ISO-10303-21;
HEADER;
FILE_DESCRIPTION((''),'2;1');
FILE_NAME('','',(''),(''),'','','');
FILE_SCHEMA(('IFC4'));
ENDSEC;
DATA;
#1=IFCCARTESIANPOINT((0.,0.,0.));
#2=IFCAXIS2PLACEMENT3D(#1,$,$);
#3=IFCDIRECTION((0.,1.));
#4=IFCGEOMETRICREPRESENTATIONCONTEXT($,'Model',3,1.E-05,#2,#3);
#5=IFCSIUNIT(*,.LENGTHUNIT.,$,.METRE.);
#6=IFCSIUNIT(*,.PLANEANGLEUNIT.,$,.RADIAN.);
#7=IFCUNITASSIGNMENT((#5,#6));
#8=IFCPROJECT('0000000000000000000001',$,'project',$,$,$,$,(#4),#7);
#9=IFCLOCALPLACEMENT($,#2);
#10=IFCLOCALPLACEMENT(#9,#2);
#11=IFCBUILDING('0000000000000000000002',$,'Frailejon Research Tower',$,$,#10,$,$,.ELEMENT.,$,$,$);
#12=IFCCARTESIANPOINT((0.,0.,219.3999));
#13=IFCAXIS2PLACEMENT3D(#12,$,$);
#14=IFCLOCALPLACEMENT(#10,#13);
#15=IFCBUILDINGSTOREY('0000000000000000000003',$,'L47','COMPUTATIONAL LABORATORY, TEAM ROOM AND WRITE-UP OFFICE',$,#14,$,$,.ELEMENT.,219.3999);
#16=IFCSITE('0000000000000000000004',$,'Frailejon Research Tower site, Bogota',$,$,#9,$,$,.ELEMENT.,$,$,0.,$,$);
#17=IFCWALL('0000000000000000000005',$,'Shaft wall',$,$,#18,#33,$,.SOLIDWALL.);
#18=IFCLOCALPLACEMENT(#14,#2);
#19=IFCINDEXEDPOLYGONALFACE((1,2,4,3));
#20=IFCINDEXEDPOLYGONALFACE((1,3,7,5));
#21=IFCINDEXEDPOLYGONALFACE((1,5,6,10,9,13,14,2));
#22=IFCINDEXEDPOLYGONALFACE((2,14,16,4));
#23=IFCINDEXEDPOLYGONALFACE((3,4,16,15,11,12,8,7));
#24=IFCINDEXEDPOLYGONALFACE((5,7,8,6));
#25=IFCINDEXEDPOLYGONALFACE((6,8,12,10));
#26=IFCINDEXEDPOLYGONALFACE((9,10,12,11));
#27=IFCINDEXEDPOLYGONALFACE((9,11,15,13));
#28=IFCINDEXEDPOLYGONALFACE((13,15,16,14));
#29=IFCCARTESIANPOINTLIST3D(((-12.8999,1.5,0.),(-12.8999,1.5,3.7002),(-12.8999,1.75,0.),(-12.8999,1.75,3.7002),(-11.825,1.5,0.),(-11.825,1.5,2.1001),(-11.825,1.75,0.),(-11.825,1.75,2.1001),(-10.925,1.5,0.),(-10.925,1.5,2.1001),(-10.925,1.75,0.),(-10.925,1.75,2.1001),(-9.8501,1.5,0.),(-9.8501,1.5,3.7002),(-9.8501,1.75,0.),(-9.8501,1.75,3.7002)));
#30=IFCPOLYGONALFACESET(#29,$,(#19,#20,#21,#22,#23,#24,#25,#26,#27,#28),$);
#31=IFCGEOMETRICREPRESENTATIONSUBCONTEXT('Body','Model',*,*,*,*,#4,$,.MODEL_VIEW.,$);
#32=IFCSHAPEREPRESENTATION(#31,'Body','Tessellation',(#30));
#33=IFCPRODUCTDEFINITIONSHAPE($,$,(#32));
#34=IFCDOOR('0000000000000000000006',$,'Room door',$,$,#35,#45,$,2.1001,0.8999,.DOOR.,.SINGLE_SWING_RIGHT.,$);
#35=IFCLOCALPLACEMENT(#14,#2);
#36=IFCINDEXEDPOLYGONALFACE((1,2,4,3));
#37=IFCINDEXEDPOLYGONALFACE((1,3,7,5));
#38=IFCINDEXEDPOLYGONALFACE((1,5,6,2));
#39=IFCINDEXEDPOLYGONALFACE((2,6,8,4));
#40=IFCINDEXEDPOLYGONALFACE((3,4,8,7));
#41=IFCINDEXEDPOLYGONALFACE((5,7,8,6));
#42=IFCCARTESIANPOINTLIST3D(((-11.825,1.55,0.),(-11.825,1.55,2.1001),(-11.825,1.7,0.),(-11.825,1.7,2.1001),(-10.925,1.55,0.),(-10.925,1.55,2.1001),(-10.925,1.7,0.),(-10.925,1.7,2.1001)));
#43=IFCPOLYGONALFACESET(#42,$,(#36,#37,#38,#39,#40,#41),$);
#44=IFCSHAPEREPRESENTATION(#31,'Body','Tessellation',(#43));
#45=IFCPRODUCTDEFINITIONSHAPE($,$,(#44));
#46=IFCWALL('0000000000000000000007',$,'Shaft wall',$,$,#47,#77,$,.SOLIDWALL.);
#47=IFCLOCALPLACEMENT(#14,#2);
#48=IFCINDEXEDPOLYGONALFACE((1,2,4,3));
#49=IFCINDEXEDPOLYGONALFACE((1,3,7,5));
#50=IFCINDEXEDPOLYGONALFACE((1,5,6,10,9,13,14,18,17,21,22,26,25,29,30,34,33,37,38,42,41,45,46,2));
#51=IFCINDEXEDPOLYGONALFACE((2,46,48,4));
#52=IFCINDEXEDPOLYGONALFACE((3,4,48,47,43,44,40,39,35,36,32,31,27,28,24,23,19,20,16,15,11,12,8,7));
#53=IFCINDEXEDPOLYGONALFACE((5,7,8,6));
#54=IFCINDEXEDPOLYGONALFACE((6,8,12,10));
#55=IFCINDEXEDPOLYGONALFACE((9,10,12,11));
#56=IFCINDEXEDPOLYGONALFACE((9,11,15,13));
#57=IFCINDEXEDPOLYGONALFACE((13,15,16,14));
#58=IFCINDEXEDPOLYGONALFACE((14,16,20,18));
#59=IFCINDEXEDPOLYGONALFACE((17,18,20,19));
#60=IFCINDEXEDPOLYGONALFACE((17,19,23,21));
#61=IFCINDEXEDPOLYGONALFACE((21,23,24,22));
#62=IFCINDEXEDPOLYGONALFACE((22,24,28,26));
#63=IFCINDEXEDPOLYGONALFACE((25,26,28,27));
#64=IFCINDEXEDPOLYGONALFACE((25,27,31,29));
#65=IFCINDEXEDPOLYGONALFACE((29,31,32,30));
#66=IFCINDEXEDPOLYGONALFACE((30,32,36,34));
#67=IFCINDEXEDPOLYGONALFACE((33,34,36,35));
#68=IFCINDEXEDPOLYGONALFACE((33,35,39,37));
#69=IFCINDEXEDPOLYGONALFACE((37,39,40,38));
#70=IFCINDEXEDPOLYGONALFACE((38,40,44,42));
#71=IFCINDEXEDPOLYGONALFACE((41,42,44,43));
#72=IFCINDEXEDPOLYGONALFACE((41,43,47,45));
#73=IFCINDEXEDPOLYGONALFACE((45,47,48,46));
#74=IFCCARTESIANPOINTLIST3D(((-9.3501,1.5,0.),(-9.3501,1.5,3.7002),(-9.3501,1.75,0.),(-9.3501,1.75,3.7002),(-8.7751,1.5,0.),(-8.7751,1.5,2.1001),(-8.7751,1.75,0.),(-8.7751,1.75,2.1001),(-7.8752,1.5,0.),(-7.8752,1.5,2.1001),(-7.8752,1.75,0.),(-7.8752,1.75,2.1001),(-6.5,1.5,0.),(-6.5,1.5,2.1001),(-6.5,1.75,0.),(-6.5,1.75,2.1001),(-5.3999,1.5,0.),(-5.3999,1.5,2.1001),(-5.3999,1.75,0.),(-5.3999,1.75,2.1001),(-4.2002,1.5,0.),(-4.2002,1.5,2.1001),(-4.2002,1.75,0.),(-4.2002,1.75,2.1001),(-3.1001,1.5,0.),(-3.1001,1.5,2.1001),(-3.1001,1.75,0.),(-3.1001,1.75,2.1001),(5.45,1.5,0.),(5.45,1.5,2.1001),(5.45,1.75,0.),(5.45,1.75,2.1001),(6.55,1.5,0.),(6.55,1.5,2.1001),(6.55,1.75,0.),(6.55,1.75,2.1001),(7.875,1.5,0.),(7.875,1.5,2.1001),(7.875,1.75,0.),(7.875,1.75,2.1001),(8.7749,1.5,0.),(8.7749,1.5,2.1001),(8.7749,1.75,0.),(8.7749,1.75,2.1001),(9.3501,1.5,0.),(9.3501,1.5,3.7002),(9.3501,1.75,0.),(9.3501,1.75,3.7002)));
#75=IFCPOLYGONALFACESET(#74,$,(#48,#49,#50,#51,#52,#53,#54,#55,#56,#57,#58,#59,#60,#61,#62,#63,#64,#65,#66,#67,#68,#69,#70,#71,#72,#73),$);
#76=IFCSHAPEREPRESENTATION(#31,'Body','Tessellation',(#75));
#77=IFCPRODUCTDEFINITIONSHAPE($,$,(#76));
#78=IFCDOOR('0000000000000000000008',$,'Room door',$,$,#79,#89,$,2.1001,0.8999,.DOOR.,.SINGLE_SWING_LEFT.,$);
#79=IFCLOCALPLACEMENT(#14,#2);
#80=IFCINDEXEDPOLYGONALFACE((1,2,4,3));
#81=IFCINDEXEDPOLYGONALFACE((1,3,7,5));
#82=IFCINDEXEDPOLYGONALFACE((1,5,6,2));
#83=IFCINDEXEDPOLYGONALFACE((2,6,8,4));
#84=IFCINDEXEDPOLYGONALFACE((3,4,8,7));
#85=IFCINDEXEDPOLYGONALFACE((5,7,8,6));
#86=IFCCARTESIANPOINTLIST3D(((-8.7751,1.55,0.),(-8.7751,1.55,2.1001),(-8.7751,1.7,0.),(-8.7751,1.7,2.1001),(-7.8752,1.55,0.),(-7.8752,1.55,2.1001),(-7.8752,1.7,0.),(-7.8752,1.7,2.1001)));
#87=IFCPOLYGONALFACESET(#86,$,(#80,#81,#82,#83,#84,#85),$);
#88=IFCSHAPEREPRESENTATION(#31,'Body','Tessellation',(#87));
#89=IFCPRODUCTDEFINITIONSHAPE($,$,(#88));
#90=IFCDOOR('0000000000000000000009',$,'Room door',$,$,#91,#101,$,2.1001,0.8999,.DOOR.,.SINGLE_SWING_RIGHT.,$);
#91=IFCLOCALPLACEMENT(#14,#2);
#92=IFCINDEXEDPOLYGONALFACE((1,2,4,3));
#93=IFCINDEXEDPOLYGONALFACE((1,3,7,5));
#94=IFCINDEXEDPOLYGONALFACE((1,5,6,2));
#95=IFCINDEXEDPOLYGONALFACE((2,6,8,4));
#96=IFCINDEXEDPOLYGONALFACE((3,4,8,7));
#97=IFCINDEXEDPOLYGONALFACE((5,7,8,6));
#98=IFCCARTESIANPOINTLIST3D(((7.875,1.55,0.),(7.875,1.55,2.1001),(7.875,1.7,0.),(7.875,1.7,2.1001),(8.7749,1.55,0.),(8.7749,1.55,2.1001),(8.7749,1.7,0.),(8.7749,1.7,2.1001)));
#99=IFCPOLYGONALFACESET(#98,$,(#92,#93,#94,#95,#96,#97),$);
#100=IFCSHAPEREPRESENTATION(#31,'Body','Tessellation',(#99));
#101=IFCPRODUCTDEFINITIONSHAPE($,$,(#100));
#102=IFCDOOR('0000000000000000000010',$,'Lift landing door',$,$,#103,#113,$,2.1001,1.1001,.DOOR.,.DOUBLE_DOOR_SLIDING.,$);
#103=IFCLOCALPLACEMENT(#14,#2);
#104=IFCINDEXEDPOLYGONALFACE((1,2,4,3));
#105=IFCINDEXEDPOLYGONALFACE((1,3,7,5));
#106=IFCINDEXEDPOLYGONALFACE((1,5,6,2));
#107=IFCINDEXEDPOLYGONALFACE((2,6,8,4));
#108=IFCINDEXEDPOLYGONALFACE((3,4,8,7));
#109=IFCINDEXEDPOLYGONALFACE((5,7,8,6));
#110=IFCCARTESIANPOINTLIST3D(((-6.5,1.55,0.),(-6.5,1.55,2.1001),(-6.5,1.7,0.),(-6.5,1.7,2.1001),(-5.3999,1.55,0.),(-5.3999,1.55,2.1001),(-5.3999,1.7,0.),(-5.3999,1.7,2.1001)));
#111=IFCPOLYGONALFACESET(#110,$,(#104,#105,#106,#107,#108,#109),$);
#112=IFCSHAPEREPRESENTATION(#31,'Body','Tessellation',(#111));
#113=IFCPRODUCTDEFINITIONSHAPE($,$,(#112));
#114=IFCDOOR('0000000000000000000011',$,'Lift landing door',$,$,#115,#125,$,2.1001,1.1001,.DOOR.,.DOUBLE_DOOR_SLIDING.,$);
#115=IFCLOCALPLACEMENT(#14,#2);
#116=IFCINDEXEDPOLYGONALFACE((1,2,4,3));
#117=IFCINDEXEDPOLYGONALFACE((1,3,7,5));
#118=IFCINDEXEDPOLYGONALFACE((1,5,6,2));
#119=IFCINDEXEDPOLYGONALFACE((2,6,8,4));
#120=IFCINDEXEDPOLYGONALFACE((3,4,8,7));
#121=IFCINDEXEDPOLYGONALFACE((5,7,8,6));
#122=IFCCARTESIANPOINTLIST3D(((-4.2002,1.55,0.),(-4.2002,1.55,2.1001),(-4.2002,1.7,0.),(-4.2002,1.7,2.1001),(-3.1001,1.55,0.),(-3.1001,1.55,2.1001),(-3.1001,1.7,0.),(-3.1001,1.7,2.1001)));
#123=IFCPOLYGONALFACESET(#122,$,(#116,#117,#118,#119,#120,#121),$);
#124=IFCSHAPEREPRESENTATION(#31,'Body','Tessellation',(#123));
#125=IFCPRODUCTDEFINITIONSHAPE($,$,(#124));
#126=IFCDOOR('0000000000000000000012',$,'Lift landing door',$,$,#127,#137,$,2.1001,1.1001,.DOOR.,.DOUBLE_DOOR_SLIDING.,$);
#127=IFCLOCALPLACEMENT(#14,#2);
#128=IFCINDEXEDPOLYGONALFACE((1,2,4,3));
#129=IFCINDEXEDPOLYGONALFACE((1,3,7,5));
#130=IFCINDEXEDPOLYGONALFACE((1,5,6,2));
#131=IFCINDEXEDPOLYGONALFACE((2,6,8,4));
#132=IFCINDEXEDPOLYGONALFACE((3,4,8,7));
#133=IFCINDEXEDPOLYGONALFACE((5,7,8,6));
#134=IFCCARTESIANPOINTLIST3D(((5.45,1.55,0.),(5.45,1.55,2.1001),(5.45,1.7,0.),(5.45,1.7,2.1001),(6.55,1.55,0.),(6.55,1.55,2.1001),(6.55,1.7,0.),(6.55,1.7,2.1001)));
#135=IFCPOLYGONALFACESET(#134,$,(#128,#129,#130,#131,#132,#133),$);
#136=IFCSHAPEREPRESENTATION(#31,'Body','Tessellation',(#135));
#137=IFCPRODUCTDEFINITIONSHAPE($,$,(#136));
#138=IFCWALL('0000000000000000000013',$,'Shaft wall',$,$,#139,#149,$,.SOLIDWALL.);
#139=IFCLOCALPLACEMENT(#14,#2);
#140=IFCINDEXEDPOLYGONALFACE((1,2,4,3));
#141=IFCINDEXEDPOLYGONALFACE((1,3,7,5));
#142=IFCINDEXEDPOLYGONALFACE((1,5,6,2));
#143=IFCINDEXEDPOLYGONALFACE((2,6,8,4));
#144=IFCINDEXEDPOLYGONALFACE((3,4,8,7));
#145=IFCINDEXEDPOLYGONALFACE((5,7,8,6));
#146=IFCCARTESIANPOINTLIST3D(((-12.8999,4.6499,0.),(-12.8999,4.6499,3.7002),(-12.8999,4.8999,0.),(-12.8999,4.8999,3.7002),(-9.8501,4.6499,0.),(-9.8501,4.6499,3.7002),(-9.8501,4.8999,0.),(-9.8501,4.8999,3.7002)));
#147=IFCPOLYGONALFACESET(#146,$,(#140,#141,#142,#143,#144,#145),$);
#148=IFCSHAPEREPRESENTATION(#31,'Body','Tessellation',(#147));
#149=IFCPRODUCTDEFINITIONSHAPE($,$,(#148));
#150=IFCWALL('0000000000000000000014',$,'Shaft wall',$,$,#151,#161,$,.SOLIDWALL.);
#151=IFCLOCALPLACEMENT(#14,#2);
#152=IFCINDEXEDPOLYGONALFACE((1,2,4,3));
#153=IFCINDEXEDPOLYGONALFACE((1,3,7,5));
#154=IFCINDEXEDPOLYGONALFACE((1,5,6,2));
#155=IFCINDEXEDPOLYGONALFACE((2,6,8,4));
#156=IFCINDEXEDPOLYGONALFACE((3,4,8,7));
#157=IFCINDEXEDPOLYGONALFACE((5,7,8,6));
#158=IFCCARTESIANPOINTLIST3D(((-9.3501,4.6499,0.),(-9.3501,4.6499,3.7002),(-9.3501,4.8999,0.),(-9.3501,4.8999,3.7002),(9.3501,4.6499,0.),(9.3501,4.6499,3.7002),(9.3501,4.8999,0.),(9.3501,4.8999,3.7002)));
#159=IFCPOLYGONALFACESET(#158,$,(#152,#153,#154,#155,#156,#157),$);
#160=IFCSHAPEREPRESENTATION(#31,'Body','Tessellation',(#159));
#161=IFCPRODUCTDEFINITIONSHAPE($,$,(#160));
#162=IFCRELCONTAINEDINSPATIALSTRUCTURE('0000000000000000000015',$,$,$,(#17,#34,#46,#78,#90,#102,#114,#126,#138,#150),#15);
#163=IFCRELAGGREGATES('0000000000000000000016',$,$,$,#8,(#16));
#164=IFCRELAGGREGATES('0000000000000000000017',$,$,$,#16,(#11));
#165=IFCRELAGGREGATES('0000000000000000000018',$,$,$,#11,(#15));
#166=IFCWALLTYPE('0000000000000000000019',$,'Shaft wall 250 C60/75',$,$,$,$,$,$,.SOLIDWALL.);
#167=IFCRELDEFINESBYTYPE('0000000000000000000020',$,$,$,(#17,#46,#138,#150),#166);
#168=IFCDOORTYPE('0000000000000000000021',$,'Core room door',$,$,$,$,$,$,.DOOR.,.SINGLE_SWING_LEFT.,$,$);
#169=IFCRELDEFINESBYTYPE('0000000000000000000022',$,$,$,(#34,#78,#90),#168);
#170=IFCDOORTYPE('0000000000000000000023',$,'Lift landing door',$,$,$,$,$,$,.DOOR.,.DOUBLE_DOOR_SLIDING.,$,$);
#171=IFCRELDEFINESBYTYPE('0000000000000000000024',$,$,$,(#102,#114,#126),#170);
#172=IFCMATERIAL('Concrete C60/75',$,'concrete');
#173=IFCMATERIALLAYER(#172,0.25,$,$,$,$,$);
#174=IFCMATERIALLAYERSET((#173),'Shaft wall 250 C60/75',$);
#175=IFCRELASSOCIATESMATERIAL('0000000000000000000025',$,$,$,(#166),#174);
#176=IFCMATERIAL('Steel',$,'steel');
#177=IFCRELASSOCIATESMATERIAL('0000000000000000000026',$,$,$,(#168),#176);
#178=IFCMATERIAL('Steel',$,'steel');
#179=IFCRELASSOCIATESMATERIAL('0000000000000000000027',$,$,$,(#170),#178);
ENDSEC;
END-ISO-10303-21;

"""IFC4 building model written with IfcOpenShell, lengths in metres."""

from ifc_helpers import new_model, si_unit, direction, frame, frame_2d, origin, place, context, subcontext, project, spatial, rectangle, extrude, material, layer, layer_set, type_object, element, fill, save


model = new_model("IFC4")

# Units and contexts
model_context = context("Model", 3, precision=1e-05, world=origin(), true_north=direction((0.0, 1.0)))
body_context = subcontext(model_context, "Body", "Model", "MODEL_VIEW")
ifc_project = project(units=[si_unit("LENGTHUNIT", "METRE"), si_unit("PLANEANGLEUNIT", "RADIAN")], contexts=[model_context])

# Site, building, storey
site_placement = place(None, origin())
site = spatial("IfcSite", under=ifc_project, at=site_placement, Name="Frailejon Research Tower site, Bogota", CompositionType="ELEMENT", RefElevation=0.0)
building_placement = place(site_placement, origin())
building = spatial("IfcBuilding", under=site, at=building_placement, Name="Frailejon Research Tower", CompositionType="ELEMENT")
storey_placement = place(building_placement, frame((0.0, 0.0, 219.3999)))
storey = spatial("IfcBuildingStorey", under=building, at=storey_placement, Name="L47", Description="COMPUTATIONAL LABORATORY, TEAM ROOM AND WRITE-UP OFFICE", CompositionType="ELEMENT", Elevation=219.3999)

# Wall, opening, door
ifc_material_1 = material(Name="Concrete C60/75", Category="concrete")
ifc_layer_1 = layer(ifc_material_1, 0.25)
ifc_layer_set_1 = layer_set([ifc_layer_1], Name="Shaft wall 250 C60/75")
wall_type_1 = type_object("IfcWallType", Name="Shaft wall 250 C60/75", PredefinedType="SOLIDWALL", material=ifc_layer_set_1)
wall_1_placement = place(storey_placement, frame((-12.8999, 1.625, 0.0), z_axis=(0.0, 0.0, 1.0), x_axis=(1.0, 0.0, 0.0)))
wall_1 = element("IfcWall", 1, at=wall_1_placement, inside=storey, type_object=wall_type_1, Name="Shaft wall", PredefinedType="SOLIDWALL", context=body_context, shape_type="SweptSolid", body=[
    extrude(rectangle(XDim=3.0498, YDim=0.25, at=frame_2d((1.5249, 0.0))), origin(), (0.0, 0.0, 1.0), 3.7002),
])
opening_1_placement = place(wall_1_placement, frame((1.075, 0.0, 0.0)))
opening_1 = element("IfcOpeningElement", 2, at=opening_1_placement, cuts=wall_1, PredefinedType="OPENING", context=body_context, shape_type="SweptSolid", body=[
    extrude(rectangle(XDim=0.8999, YDim=2.1001, at=frame_2d((0.45, 1.05))), frame((0.0, 0.135, 0.0), z_axis=(0.0, -1.0, 0.0), x_axis=(1.0, 0.0, 0.0)), (0.0, 0.0, 1.0), 0.27),
])
ifc_material_2 = material(Name="Steel", Category="steel")
door_type_1 = type_object("IfcDoorType", Name="Core room door", OperationType="SINGLE_SWING_LEFT", PredefinedType="DOOR", material=ifc_material_2)
door_1_placement = place(opening_1_placement, origin())
door_1 = element("IfcDoor", 3, at=door_1_placement, inside=storey, type_object=door_type_1, Name="Room door", OperationType="SINGLE_SWING_RIGHT", OverallHeight=2.1001, OverallWidth=0.8999, PredefinedType="DOOR", context=body_context, shape_type="SweptSolid", body=[
    extrude(rectangle(XDim=0.8999, YDim=2.1001, at=frame_2d((0.45, 1.05))), frame((0.0, 0.075, 0.0), z_axis=(0.0, -1.0, 0.0), x_axis=(1.0, 0.0, 0.0)), (0.0, 0.0, 1.0), 0.1499),
])
fill(opening_1, door_1)

# Wall, openings, doors
wall_2_placement = place(storey_placement, frame((-9.3501, 1.625, 0.0), z_axis=(0.0, 0.0, 1.0), x_axis=(1.0, 0.0, 0.0)))
wall_2 = element("IfcWall", 4, at=wall_2_placement, inside=storey, type_object=wall_type_1, Name="Shaft wall", PredefinedType="SOLIDWALL", context=body_context, shape_type="SweptSolid", body=[
    extrude(rectangle(XDim=18.7002, YDim=0.25, at=frame_2d((9.3501, 0.0))), origin(), (0.0, 0.0, 1.0), 3.7002),
])
opening_2_placement = place(wall_2_placement, frame((2.8501, 0.0, 0.0)))
opening_2 = element("IfcOpeningElement", 5, at=opening_2_placement, cuts=wall_2, PredefinedType="OPENING", context=body_context, shape_type="SweptSolid", body=[
    extrude(rectangle(XDim=1.1001, YDim=2.1001, at=frame_2d((0.55, 1.05))), frame((0.0, 0.135, 0.0), z_axis=(0.0, -1.0, 0.0), x_axis=(1.0, 0.0, 0.0)), (0.0, 0.0, 1.0), 0.27),
])
opening_3_placement = place(wall_2_placement, frame((5.1499, 0.0, 0.0)))
opening_3 = element("IfcOpeningElement", 6, at=opening_3_placement, cuts=wall_2, PredefinedType="OPENING", context=body_context, shape_type="SweptSolid", body=[
    extrude(rectangle(XDim=1.1001, YDim=2.1001, at=frame_2d((0.55, 1.05))), frame((0.0, 0.135, 0.0), z_axis=(0.0, -1.0, 0.0), x_axis=(1.0, 0.0, 0.0)), (0.0, 0.0, 1.0), 0.27),
])
opening_4_placement = place(wall_2_placement, frame((14.8, 0.0, 0.0)))
opening_4 = element("IfcOpeningElement", 7, at=opening_4_placement, cuts=wall_2, PredefinedType="OPENING", context=body_context, shape_type="SweptSolid", body=[
    extrude(rectangle(XDim=1.1001, YDim=2.1001, at=frame_2d((0.55, 1.05))), frame((0.0, 0.135, 0.0), z_axis=(0.0, -1.0, 0.0), x_axis=(1.0, 0.0, 0.0)), (0.0, 0.0, 1.0), 0.27),
])
opening_5_placement = place(wall_2_placement, frame((0.575, 0.0, 0.0)))
opening_5 = element("IfcOpeningElement", 8, at=opening_5_placement, cuts=wall_2, PredefinedType="OPENING", context=body_context, shape_type="SweptSolid", body=[
    extrude(rectangle(XDim=0.8999, YDim=2.1001, at=frame_2d((0.45, 1.05))), frame((0.0, 0.135, 0.0), z_axis=(0.0, -1.0, 0.0), x_axis=(1.0, 0.0, 0.0)), (0.0, 0.0, 1.0), 0.27),
])
opening_6_placement = place(wall_2_placement, frame((17.2251, 0.0, 0.0)))
opening_6 = element("IfcOpeningElement", 9, at=opening_6_placement, cuts=wall_2, PredefinedType="OPENING", context=body_context, shape_type="SweptSolid", body=[
    extrude(rectangle(XDim=0.8999, YDim=2.1001, at=frame_2d((0.45, 1.05))), frame((0.0, 0.135, 0.0), z_axis=(0.0, -1.0, 0.0), x_axis=(1.0, 0.0, 0.0)), (0.0, 0.0, 1.0), 0.27),
])
door_2_placement = place(opening_5_placement, origin())
door_2 = element("IfcDoor", 10, at=door_2_placement, inside=storey, type_object=door_type_1, Name="Room door", OperationType="SINGLE_SWING_LEFT", OverallHeight=2.1001, OverallWidth=0.8999, PredefinedType="DOOR", context=body_context, shape_type="SweptSolid", body=[
    extrude(rectangle(XDim=0.8999, YDim=2.1001, at=frame_2d((0.45, 1.05))), frame((0.0, 0.075, 0.0), z_axis=(0.0, -1.0, 0.0), x_axis=(1.0, 0.0, 0.0)), (0.0, 0.0, 1.0), 0.1499),
])
fill(opening_5, door_2)
door_3_placement = place(opening_6_placement, origin())
door_3 = element("IfcDoor", 11, at=door_3_placement, inside=storey, type_object=door_type_1, Name="Room door", OperationType="SINGLE_SWING_RIGHT", OverallHeight=2.1001, OverallWidth=0.8999, PredefinedType="DOOR", context=body_context, shape_type="SweptSolid", body=[
    extrude(rectangle(XDim=0.8999, YDim=2.1001, at=frame_2d((0.45, 1.05))), frame((0.0, 0.075, 0.0), z_axis=(0.0, -1.0, 0.0), x_axis=(1.0, 0.0, 0.0)), (0.0, 0.0, 1.0), 0.1499),
])
fill(opening_6, door_3)
ifc_material_3 = material(Name="Steel", Category="steel")
door_type_2 = type_object("IfcDoorType", Name="Lift landing door", OperationType="DOUBLE_DOOR_SLIDING", PredefinedType="DOOR", material=ifc_material_3)
door_4_placement = place(opening_2_placement, origin())
door_4 = element("IfcDoor", 12, at=door_4_placement, inside=storey, type_object=door_type_2, Name="Lift landing door", OperationType="DOUBLE_DOOR_SLIDING", OverallHeight=2.1001, OverallWidth=1.1001, PredefinedType="DOOR", context=body_context, shape_type="SweptSolid", body=[
    extrude(rectangle(XDim=1.1001, YDim=2.1001, at=frame_2d((0.55, 1.05))), frame((0.0, 0.075, 0.0), z_axis=(0.0, -1.0, 0.0), x_axis=(1.0, 0.0, 0.0)), (0.0, 0.0, 1.0), 0.1499),
])
fill(opening_2, door_4)
door_5_placement = place(opening_3_placement, origin())
door_5 = element("IfcDoor", 13, at=door_5_placement, inside=storey, type_object=door_type_2, Name="Lift landing door", OperationType="DOUBLE_DOOR_SLIDING", OverallHeight=2.1001, OverallWidth=1.1001, PredefinedType="DOOR", context=body_context, shape_type="SweptSolid", body=[
    extrude(rectangle(XDim=1.1001, YDim=2.1001, at=frame_2d((0.55, 1.05))), frame((0.0, 0.075, 0.0), z_axis=(0.0, -1.0, 0.0), x_axis=(1.0, 0.0, 0.0)), (0.0, 0.0, 1.0), 0.1499),
])
fill(opening_3, door_5)
door_6_placement = place(opening_4_placement, origin())
door_6 = element("IfcDoor", 14, at=door_6_placement, inside=storey, type_object=door_type_2, Name="Lift landing door", OperationType="DOUBLE_DOOR_SLIDING", OverallHeight=2.1001, OverallWidth=1.1001, PredefinedType="DOOR", context=body_context, shape_type="SweptSolid", body=[
    extrude(rectangle(XDim=1.1001, YDim=2.1001, at=frame_2d((0.55, 1.05))), frame((0.0, 0.075, 0.0), z_axis=(0.0, -1.0, 0.0), x_axis=(1.0, 0.0, 0.0)), (0.0, 0.0, 1.0), 0.1499),
])
fill(opening_4, door_6)

# Walls
wall_3_placement = place(storey_placement, frame((-12.8999, 4.7749, 0.0), z_axis=(0.0, 0.0, 1.0), x_axis=(1.0, 0.0, 0.0)))
element("IfcWall", 15, at=wall_3_placement, inside=storey, type_object=wall_type_1, Name="Shaft wall", PredefinedType="SOLIDWALL", context=body_context, shape_type="SweptSolid", body=[
    extrude(rectangle(XDim=3.0498, YDim=0.25, at=frame_2d((1.5249, 0.0))), origin(), (0.0, 0.0, 1.0), 3.7002),
])
wall_4_placement = place(storey_placement, frame((-9.3501, 4.7749, 0.0), z_axis=(0.0, 0.0, 1.0), x_axis=(1.0, 0.0, 0.0)))
element("IfcWall", 16, at=wall_4_placement, inside=storey, type_object=wall_type_1, Name="Shaft wall", PredefinedType="SOLIDWALL", context=body_context, shape_type="SweptSolid", body=[
    extrude(rectangle(XDim=18.7002, YDim=0.25, at=frame_2d((9.3501, 0.0))), origin(), (0.0, 0.0, 1.0), 3.7002),
])

save(model, "model.ifc")
